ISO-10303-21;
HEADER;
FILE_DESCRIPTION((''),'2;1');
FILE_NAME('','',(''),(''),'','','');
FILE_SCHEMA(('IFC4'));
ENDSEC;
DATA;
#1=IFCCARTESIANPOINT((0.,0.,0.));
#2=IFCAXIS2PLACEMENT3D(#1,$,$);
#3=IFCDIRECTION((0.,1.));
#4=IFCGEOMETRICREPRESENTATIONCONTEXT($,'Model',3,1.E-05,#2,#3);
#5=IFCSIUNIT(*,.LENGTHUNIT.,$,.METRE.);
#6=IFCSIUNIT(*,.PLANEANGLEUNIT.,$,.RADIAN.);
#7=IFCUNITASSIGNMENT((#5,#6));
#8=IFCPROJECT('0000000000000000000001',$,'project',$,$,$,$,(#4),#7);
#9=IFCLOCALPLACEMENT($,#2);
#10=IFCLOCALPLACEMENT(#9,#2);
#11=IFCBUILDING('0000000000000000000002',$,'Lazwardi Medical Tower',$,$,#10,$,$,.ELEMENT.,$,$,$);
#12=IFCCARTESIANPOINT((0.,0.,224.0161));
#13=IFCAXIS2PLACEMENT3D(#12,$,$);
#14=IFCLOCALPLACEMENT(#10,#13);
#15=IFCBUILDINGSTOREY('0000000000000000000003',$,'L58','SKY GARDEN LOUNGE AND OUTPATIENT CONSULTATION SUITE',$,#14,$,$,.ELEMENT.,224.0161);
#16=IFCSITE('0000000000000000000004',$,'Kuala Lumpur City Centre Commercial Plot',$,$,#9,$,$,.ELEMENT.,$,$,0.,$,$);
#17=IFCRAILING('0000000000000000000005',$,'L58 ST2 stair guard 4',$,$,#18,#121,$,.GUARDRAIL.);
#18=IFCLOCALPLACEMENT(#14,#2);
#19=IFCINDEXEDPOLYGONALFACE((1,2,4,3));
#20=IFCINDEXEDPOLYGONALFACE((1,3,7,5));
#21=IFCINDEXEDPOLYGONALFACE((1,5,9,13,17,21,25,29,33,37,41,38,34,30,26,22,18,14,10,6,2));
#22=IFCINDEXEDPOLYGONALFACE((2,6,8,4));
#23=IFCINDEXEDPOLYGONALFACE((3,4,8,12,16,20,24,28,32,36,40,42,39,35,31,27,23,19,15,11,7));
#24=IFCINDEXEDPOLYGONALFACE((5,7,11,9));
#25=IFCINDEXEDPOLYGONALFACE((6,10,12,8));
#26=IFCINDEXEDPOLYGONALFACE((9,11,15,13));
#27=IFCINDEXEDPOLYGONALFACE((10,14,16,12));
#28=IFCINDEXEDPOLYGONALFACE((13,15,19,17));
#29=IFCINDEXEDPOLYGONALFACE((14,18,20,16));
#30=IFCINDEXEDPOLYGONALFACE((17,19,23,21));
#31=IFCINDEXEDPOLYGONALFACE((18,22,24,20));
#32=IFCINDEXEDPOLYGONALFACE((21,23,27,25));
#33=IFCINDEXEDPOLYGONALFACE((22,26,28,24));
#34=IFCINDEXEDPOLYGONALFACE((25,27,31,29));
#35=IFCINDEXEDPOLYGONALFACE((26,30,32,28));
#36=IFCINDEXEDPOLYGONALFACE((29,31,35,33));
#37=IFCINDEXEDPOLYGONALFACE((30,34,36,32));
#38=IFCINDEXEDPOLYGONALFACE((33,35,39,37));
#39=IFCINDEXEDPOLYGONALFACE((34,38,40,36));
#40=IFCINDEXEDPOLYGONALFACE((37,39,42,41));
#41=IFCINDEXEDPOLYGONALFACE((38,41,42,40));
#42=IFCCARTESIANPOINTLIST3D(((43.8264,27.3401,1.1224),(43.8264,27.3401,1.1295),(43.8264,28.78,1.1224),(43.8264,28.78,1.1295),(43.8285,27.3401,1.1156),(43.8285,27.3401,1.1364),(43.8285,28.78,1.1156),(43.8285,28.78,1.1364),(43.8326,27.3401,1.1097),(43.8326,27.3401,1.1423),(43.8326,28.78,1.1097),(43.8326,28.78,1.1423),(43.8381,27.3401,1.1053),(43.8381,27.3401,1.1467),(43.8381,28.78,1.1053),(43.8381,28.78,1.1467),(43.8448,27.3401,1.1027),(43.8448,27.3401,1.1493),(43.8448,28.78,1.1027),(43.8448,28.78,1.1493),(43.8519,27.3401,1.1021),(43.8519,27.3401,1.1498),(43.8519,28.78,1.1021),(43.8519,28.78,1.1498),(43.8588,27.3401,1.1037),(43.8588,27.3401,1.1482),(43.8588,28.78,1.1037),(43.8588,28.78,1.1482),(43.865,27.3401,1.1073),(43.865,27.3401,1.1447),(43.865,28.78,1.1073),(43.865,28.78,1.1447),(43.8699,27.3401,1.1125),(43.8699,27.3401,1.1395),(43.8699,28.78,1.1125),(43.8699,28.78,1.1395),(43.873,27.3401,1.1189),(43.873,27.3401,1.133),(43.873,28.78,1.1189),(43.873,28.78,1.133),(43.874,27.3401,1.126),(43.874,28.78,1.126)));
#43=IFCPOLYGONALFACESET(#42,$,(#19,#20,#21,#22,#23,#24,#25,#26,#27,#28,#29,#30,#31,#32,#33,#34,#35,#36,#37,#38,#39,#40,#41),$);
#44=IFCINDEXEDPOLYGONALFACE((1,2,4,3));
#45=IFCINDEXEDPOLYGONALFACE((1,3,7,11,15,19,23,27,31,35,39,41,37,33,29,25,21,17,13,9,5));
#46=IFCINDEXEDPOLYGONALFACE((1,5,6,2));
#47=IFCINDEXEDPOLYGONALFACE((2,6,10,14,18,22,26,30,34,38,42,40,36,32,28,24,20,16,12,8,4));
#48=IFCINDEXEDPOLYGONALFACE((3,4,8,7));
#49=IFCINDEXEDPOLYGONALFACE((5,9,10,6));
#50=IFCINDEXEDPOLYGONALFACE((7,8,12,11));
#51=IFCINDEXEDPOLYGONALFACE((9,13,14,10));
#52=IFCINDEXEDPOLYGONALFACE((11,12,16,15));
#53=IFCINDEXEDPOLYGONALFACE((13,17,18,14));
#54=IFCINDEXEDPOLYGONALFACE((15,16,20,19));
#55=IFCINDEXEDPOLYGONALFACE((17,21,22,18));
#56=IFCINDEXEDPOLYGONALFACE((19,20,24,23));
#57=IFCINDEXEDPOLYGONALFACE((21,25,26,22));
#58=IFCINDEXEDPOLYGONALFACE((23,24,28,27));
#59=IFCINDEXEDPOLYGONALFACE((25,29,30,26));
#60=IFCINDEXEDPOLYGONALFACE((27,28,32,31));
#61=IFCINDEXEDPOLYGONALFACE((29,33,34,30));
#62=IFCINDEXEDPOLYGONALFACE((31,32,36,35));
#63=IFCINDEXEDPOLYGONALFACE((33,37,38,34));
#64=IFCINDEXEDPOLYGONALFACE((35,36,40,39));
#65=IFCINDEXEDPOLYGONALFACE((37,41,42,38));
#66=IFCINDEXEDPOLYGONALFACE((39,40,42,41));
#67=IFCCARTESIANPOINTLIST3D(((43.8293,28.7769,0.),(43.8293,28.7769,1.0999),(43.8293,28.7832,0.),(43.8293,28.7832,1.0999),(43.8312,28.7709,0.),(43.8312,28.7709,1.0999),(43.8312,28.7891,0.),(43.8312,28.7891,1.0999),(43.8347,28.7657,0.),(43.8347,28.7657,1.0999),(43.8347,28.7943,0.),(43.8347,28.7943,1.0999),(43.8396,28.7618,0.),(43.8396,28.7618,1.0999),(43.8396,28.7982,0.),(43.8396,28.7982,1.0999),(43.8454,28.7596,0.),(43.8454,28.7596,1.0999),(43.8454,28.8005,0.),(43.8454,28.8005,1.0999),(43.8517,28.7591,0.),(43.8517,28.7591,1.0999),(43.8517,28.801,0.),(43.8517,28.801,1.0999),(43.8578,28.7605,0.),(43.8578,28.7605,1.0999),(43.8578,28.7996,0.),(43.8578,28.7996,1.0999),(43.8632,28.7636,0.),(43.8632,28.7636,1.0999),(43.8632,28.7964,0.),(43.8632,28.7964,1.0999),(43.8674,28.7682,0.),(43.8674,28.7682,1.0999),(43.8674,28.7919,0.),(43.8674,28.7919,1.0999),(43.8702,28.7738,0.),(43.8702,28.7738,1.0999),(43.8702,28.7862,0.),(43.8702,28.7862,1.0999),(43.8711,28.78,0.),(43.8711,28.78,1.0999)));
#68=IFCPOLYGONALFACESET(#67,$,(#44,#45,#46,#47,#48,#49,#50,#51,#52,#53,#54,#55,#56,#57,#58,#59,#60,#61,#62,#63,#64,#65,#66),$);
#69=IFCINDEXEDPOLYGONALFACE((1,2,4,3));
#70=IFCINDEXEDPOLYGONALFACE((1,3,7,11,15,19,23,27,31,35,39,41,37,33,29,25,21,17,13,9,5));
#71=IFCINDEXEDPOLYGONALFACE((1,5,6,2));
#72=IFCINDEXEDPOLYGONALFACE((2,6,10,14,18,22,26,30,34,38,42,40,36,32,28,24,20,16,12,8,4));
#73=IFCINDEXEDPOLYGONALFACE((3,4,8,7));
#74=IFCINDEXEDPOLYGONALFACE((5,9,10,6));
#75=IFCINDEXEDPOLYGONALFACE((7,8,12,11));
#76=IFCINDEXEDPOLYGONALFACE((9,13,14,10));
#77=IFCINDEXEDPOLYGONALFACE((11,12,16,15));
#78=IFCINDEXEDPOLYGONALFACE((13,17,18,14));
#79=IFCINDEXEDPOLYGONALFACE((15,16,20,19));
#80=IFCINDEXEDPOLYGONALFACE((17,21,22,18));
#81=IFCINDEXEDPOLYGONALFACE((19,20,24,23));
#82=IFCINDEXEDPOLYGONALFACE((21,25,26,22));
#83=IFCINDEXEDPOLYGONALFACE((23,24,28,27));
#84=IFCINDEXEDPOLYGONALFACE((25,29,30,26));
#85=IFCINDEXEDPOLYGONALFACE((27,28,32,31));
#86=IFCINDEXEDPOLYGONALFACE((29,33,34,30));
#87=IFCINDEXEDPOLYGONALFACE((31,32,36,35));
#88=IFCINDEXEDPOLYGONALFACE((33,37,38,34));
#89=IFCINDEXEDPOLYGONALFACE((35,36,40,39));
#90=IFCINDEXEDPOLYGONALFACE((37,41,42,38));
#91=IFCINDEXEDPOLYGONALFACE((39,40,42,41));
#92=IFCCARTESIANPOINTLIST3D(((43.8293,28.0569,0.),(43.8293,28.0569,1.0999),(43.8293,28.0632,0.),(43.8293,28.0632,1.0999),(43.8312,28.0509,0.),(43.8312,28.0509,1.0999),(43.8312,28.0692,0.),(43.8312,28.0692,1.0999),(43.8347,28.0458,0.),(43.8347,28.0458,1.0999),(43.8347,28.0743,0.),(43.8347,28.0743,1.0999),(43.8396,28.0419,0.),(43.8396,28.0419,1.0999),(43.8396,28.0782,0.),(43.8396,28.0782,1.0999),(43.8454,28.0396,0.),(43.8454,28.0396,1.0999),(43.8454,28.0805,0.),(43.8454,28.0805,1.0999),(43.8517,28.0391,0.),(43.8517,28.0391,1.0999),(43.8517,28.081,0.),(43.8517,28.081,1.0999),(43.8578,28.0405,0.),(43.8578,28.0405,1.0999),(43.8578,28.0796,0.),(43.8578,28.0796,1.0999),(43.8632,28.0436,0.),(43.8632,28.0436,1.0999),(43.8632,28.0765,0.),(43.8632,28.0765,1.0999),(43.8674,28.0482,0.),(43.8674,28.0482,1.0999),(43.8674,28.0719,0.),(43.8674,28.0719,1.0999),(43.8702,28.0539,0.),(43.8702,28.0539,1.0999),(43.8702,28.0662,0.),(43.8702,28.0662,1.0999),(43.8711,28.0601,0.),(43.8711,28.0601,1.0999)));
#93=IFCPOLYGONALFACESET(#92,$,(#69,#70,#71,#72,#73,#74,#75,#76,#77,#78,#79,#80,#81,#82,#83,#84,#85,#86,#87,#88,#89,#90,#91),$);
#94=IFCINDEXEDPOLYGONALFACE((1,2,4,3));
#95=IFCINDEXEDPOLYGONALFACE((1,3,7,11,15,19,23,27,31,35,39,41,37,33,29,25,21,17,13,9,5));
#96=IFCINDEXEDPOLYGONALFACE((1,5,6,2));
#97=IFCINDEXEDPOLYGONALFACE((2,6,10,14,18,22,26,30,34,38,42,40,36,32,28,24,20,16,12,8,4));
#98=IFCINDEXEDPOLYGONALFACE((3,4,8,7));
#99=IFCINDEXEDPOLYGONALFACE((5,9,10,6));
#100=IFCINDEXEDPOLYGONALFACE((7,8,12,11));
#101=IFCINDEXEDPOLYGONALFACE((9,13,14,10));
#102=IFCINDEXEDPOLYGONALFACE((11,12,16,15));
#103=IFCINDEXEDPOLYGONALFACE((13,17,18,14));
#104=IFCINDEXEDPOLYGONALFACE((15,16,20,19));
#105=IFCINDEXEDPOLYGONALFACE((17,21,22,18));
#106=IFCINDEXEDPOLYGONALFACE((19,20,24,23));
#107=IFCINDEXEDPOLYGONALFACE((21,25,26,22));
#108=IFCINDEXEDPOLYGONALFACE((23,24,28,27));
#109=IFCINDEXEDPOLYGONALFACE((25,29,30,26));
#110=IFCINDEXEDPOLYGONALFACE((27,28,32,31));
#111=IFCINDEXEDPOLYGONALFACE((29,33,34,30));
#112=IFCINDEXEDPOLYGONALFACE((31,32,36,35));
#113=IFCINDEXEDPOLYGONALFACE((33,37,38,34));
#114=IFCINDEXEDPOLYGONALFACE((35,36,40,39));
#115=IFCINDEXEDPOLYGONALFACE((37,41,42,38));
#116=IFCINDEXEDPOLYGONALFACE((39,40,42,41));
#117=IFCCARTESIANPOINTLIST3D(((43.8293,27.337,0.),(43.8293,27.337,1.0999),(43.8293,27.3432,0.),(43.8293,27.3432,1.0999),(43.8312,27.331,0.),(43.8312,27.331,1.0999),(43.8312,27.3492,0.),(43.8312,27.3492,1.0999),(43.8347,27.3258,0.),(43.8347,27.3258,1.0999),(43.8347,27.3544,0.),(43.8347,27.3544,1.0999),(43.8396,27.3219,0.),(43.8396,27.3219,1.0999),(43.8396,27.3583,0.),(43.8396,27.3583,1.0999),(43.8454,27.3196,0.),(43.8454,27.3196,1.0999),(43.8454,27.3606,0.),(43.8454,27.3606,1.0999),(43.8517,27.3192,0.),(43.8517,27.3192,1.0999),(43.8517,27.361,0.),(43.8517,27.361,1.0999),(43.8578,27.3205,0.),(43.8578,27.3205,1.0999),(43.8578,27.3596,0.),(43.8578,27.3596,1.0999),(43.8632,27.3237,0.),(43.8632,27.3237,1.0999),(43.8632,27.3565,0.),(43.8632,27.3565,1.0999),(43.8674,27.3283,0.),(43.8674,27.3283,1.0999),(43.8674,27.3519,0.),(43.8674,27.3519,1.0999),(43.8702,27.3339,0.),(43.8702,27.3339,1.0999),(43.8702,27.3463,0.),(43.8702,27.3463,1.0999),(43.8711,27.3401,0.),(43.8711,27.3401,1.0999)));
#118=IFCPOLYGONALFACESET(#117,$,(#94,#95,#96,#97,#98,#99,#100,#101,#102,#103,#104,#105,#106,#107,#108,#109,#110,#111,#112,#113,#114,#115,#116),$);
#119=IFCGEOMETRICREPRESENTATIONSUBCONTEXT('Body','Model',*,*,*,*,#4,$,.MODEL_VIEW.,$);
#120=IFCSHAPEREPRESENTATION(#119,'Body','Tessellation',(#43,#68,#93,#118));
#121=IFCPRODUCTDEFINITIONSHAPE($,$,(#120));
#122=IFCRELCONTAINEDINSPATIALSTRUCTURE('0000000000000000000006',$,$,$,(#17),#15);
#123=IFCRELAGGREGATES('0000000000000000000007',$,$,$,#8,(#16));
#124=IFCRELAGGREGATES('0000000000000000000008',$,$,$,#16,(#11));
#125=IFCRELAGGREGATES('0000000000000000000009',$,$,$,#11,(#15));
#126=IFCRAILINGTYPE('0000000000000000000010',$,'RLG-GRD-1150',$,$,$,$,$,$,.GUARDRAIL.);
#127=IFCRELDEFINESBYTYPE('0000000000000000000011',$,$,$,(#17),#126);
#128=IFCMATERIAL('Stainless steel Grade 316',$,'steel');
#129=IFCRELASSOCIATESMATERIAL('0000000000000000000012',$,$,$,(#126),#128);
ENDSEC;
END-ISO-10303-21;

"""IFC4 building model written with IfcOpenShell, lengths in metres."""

from ifc_helpers import new_model, si_unit, direction, frame, origin, origin_2d, place, context, subcontext, project, spatial, circle, extrude, material, type_object, element, save


model = new_model("IFC4")

# Units and contexts
model_context = context("Model", 3, precision=1e-05, world=origin(), true_north=direction((0.0, 1.0)))
body_context = subcontext(model_context, "Body", "Model", "MODEL_VIEW")
ifc_project = project(units=[si_unit("LENGTHUNIT", "METRE"), si_unit("PLANEANGLEUNIT", "RADIAN")], contexts=[model_context])

# Site, building, storey
site_placement = place(None, origin())
site = spatial("IfcSite", under=ifc_project, at=site_placement, Name="Kuala Lumpur City Centre Commercial Plot", CompositionType="ELEMENT", RefElevation=0.0)
building_placement = place(site_placement, origin())
building = spatial("IfcBuilding", under=site, at=building_placement, Name="Lazwardi Medical Tower", CompositionType="ELEMENT")
storey_placement = place(building_placement, frame((0.0, 0.0, 224.0161)))
storey = spatial("IfcBuildingStorey", under=building, at=storey_placement, Name="L58", Description="SKY GARDEN LOUNGE AND OUTPATIENT CONSULTATION SUITE", CompositionType="ELEMENT", Elevation=224.0161)

# Railing
ifc_material_1 = material(Name="Stainless steel Grade 316", Category="steel")
railing_type_1 = type_object("IfcRailingType", Name="RLG-GRD-1150", PredefinedType="GUARDRAIL", material=ifc_material_1)
railing_1_placement = place(storey_placement, frame((43.8501, 28.78, 0.0)))
element("IfcRailing", 1, at=railing_1_placement, inside=storey, type_object=railing_type_1, Name="L58 ST2 stair guard 4", PredefinedType="GUARDRAIL", context=body_context, shape_type="SweptSolid", body=[
    extrude(circle(Radius=0.0239, at=origin_2d()), frame((0.0, 0.0, 1.126), z_axis=(0.0, -1.0, 0.0), x_axis=(1.0, 0.0, 0.0)), (0.0, 0.0, 1.0), 1.4399),
    extrude(circle(Radius=0.021, at=origin_2d()), origin(), (0.0, 0.0, 1.0), 1.0999),
    extrude(circle(Radius=0.021, at=origin_2d()), frame((0.0, -0.72, 0.0)), (0.0, 0.0, 1.0), 1.0999),
    extrude(circle(Radius=0.021, at=origin_2d()), frame((0.0, -1.4399, 0.0)), (0.0, 0.0, 1.0), 1.0999),
])

save(model, "model.ifc")
